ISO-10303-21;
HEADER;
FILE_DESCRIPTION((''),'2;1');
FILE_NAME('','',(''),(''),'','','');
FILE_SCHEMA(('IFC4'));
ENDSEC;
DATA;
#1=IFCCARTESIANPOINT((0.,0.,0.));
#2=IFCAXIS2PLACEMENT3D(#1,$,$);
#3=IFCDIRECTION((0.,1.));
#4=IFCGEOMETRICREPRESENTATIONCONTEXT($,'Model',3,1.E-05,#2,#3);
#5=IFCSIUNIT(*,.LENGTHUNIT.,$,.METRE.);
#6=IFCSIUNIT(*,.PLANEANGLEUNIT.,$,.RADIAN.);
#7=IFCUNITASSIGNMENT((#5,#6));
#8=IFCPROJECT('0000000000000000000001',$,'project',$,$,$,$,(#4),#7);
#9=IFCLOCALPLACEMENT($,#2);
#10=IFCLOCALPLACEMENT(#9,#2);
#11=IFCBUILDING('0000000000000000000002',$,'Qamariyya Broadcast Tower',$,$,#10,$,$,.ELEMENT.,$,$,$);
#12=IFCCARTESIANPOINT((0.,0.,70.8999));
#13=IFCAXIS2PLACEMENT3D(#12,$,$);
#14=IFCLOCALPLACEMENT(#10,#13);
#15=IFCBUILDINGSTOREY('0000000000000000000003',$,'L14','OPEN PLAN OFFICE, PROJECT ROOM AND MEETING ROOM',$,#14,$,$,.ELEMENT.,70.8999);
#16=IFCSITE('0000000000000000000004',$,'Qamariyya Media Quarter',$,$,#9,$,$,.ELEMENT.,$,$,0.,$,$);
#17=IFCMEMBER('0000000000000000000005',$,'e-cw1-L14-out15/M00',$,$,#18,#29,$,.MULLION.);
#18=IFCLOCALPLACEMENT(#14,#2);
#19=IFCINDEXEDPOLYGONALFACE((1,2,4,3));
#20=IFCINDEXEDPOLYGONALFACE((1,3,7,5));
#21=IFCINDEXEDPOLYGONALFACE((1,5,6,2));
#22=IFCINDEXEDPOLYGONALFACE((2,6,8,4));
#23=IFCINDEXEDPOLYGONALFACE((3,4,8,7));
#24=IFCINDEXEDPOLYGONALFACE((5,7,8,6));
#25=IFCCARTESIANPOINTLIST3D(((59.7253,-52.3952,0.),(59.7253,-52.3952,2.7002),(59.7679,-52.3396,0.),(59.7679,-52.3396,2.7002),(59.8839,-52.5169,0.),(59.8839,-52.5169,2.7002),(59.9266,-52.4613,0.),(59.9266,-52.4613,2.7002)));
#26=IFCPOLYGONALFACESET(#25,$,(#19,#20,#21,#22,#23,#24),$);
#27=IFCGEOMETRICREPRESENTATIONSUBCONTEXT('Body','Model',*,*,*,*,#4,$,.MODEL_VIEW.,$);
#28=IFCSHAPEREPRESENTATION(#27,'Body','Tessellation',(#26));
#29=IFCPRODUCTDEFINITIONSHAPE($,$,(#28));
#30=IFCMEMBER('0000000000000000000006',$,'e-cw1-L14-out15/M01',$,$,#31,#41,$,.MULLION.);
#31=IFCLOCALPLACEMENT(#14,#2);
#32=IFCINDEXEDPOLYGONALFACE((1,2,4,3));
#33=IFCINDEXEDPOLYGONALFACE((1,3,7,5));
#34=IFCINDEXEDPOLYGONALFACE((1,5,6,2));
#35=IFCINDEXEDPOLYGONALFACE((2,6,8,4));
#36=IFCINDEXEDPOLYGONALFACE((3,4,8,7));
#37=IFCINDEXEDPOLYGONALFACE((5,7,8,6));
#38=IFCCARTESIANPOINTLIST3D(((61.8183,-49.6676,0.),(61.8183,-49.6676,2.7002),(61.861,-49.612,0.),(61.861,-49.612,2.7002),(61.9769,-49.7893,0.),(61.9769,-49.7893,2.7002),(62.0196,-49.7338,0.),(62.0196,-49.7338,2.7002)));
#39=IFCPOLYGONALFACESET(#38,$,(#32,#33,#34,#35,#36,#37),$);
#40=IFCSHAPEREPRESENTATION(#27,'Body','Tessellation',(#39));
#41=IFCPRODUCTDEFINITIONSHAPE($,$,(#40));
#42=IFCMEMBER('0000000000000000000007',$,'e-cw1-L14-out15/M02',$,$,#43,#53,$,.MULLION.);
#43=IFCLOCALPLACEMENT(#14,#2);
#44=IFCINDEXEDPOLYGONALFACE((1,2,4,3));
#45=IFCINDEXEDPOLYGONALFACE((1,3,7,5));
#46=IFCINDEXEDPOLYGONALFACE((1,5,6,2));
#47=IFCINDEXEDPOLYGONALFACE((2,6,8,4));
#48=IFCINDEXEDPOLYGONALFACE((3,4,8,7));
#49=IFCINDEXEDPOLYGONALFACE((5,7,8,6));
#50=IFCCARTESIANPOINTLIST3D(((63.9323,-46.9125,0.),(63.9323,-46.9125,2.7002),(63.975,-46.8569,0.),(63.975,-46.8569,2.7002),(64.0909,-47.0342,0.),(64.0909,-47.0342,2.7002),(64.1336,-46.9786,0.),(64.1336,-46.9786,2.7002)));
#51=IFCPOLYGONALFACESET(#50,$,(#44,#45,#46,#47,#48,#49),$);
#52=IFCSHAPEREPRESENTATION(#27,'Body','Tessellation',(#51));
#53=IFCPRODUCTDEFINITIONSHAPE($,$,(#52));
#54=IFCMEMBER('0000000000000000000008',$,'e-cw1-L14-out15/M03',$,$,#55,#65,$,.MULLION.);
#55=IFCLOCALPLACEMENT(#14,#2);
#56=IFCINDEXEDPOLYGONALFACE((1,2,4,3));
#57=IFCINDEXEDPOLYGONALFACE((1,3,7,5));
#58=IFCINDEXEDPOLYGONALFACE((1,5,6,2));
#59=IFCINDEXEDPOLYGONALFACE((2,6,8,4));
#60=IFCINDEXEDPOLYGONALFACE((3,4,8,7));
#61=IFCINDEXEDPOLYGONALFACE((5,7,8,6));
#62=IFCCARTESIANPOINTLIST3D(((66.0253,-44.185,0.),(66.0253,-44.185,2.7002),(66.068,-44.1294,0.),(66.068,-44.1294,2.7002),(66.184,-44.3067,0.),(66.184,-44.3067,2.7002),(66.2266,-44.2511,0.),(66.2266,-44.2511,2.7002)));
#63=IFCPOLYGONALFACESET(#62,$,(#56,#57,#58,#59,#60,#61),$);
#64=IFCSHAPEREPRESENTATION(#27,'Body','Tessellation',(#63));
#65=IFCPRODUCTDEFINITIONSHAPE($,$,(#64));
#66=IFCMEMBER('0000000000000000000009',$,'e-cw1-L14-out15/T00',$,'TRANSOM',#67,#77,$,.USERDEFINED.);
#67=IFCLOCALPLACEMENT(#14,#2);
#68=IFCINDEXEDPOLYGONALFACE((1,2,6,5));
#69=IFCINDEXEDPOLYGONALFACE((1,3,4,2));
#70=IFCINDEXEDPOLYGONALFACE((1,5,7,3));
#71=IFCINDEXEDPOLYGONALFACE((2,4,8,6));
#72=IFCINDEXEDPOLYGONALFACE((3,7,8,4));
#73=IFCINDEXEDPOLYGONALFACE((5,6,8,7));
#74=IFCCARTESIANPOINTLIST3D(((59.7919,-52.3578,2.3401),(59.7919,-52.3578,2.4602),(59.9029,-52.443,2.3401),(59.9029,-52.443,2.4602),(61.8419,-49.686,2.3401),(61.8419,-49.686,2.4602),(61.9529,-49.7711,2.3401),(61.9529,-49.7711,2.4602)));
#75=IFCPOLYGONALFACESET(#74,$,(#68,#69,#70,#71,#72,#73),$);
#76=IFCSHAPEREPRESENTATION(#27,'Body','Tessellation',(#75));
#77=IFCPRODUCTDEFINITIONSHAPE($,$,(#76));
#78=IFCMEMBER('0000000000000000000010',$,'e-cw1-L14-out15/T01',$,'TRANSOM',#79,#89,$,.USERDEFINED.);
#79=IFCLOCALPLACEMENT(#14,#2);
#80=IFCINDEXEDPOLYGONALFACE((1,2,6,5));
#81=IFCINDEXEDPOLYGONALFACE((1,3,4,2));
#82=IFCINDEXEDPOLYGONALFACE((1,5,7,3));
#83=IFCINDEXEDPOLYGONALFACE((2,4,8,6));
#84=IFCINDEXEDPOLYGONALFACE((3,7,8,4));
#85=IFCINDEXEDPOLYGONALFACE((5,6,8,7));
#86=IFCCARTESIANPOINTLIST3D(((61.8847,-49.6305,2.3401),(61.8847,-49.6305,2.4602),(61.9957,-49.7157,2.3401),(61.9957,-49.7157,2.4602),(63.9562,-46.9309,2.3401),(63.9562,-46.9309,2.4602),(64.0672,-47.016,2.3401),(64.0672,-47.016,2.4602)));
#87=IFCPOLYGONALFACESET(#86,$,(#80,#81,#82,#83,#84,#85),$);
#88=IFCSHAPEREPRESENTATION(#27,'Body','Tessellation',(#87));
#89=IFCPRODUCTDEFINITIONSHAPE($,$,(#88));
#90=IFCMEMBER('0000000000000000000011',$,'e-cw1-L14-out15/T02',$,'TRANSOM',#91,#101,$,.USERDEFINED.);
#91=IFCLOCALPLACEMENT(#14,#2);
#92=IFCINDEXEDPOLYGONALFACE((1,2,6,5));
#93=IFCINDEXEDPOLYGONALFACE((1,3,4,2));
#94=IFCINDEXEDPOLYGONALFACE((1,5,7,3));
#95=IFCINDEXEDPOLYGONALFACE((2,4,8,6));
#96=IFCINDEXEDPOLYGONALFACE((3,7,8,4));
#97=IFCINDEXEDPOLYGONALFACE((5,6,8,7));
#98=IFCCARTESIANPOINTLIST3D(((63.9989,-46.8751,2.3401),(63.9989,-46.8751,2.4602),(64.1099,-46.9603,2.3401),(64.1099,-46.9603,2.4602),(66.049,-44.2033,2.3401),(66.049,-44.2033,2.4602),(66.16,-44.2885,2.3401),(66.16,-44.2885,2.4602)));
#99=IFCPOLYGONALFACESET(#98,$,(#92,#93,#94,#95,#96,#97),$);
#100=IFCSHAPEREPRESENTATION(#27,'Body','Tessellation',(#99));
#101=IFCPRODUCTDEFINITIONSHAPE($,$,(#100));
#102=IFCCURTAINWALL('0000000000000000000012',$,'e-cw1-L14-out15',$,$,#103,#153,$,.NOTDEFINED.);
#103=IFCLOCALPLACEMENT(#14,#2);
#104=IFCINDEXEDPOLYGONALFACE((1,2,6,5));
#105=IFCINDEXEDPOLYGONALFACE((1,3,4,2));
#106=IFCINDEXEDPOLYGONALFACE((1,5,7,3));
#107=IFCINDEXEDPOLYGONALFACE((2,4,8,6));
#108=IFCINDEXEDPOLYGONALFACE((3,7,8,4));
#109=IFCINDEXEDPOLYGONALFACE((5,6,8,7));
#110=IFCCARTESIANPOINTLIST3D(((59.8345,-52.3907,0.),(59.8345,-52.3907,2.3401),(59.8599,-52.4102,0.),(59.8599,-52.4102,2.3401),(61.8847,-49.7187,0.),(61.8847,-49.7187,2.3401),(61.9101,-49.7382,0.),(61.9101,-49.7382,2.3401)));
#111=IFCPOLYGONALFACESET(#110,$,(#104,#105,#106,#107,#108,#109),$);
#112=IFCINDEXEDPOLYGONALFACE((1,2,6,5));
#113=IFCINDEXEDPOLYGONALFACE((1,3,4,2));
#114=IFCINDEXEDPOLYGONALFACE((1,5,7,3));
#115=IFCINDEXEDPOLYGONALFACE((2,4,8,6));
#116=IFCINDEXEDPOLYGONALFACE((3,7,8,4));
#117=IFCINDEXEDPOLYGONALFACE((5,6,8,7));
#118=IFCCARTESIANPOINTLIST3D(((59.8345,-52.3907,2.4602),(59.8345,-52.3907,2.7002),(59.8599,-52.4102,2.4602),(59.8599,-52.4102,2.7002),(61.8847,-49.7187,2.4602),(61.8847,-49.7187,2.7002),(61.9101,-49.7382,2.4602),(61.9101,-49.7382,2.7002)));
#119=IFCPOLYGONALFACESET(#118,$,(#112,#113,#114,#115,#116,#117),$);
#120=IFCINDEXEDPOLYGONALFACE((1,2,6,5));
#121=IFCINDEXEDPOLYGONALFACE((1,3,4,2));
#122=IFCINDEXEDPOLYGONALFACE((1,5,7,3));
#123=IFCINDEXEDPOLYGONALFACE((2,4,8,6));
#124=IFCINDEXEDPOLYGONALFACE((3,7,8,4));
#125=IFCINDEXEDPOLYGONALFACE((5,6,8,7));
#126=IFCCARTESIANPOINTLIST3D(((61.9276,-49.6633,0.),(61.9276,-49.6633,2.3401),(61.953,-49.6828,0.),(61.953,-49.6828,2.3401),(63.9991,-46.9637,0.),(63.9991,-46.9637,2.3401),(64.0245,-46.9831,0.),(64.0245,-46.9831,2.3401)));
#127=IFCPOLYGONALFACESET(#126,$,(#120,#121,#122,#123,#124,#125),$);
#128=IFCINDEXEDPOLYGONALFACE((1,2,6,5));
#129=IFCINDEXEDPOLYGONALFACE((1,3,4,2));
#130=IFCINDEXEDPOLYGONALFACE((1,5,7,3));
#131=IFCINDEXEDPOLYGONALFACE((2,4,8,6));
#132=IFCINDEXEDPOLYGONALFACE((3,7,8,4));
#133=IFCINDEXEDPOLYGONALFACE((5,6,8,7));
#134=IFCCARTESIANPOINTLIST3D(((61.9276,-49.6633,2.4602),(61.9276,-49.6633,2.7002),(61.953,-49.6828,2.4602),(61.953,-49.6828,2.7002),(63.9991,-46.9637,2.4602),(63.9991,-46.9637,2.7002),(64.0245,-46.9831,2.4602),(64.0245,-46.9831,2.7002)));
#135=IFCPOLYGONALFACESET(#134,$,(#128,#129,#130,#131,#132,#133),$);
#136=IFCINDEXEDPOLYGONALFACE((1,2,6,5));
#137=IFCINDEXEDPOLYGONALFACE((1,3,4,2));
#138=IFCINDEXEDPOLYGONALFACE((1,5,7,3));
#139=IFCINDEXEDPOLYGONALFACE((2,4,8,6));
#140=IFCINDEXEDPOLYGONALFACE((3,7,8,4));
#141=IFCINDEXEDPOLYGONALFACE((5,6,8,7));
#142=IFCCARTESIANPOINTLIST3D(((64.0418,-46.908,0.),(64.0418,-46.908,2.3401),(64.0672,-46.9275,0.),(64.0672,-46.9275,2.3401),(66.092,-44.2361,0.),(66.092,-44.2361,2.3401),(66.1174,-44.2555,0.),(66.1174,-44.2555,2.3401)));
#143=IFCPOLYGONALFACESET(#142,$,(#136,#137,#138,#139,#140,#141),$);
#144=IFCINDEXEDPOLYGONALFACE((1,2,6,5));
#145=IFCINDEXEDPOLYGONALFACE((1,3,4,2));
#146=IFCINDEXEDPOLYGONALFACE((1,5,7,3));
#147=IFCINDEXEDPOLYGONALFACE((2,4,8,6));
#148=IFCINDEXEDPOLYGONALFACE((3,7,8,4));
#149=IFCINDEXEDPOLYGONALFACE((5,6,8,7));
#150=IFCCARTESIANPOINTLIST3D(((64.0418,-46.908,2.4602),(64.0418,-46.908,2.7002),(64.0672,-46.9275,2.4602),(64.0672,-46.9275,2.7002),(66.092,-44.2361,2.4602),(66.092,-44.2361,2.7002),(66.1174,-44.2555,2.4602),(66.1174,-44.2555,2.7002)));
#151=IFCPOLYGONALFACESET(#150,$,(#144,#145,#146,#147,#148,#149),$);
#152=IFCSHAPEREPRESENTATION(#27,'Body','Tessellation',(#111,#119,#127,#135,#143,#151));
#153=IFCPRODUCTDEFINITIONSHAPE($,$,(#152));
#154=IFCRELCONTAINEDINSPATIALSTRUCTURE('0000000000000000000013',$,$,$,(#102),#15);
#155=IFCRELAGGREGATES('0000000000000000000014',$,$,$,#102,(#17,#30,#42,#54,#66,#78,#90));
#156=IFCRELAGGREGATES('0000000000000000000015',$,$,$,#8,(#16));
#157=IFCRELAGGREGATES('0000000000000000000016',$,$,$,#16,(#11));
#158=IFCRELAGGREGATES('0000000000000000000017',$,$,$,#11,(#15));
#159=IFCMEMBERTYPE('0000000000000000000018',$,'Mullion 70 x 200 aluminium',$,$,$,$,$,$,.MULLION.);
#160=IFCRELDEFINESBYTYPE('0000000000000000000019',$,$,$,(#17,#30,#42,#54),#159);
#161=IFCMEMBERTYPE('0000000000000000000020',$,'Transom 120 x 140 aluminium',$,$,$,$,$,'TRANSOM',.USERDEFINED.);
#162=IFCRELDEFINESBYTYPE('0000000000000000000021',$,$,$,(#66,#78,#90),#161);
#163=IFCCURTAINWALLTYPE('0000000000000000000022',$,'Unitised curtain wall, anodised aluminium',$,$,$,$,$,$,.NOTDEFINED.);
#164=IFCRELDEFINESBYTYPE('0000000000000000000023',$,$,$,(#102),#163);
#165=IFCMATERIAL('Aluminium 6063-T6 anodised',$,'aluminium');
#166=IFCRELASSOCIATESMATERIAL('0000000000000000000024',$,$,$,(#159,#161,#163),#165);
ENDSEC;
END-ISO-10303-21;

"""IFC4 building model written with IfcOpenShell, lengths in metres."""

from ifc_helpers import new_model, si_unit, direction, frame, origin, origin_2d, place, context, subcontext, project, spatial, rectangle, extrude, material, material_profile, profile_set, type_object, element, aggregate, save


model = new_model("IFC4")

# Units and contexts
model_context = context("Model", 3, precision=1e-05, world=origin(), true_north=direction((0.0, 1.0)))
body_context = subcontext(model_context, "Body", "Model", "MODEL_VIEW")
ifc_project = project(units=[si_unit("LENGTHUNIT", "METRE"), si_unit("PLANEANGLEUNIT", "RADIAN")], contexts=[model_context])

# Members
ifc_material_1 = material(Name="Aluminium 6063-T6 anodised", Category="aluminium")
ifc_material_profile_1 = material_profile(ifc_material_1, rectangle(XDim=0.2, YDim=0.0701, at=origin_2d()))
ifc_profile_set_1 = profile_set([ifc_material_profile_1], Name="Aluminium 6063-T6 anodised")
member_type_1 = type_object("IfcMemberType", Name="Mullion 70 x 200 aluminium", PredefinedType="MULLION", material=ifc_profile_set_1)
site_placement = place(None, origin())
building_placement = place(site_placement, origin())
storey_placement = place(building_placement, frame((0.0, 0.0, 70.8999)))
member_1_placement = place(storey_placement, frame((59.8259, -52.4282, 0.0), z_axis=(0.0, 0.0, 1.0), x_axis=(-0.793353, 0.608761, 0.0)))
member_1 = element("IfcMember", 1, at=member_1_placement, type_object=member_type_1, Name="e-cw1-L14-out15/M00", PredefinedType="MULLION", context=body_context, shape_type="SweptSolid", body=[
    extrude(rectangle(XDim=0.2, YDim=0.0701, at=origin_2d()), origin(), (0.0, 0.0, 1.0), 2.7002),
])
member_2_placement = place(storey_placement, frame((61.9189, -49.7007, 0.0), z_axis=(0.0, 0.0, 1.0), x_axis=(-0.793353, 0.608761, 0.0)))
member_2 = element("IfcMember", 2, at=member_2_placement, type_object=member_type_1, Name="e-cw1-L14-out15/M01", PredefinedType="MULLION", context=body_context, shape_type="SweptSolid", body=[
    extrude(rectangle(XDim=0.2, YDim=0.0701, at=origin_2d()), origin(), (0.0, 0.0, 1.0), 2.7002),
])
member_3_placement = place(storey_placement, frame((64.033, -46.9456, 0.0), z_axis=(0.0, 0.0, 1.0), x_axis=(-0.793353, 0.608761, 0.0)))
member_3 = element("IfcMember", 3, at=member_3_placement, type_object=member_type_1, Name="e-cw1-L14-out15/M02", PredefinedType="MULLION", context=body_context, shape_type="SweptSolid", body=[
    extrude(rectangle(XDim=0.2, YDim=0.0701, at=origin_2d()), origin(), (0.0, 0.0, 1.0), 2.7002),
])
member_4_placement = place(storey_placement, frame((66.126, -44.218, 0.0), z_axis=(0.0, 0.0, 1.0), x_axis=(-0.793353, 0.608761, 0.0)))
member_4 = element("IfcMember", 4, at=member_4_placement, type_object=member_type_1, Name="e-cw1-L14-out15/M03", PredefinedType="MULLION", context=body_context, shape_type="SweptSolid", body=[
    extrude(rectangle(XDim=0.2, YDim=0.0701, at=origin_2d()), origin(), (0.0, 0.0, 1.0), 2.7002),
])
ifc_material_profile_2 = material_profile(ifc_material_1, rectangle(XDim=0.1399, YDim=0.1201, at=origin_2d()))
ifc_profile_set_2 = profile_set([ifc_material_profile_2], Name="Aluminium 6063-T6 anodised")
member_type_2 = type_object("IfcMemberType", Name="Transom 120 x 140 aluminium", ElementType="TRANSOM", PredefinedType="USERDEFINED", material=ifc_profile_set_2)
member_5_placement = place(storey_placement, frame((59.8474, -52.4004, 2.4001), z_axis=(0.608733, 0.793375, 0.0), x_axis=(-0.793375, 0.608733, 0.0)))
member_5 = element("IfcMember", 5, at=member_5_placement, type_object=member_type_2, Name="e-cw1-L14-out15/T00", ObjectType="TRANSOM", PredefinedType="USERDEFINED", context=body_context, shape_type="SweptSolid", body=[
    extrude(rectangle(XDim=0.1399, YDim=0.1201, at=origin_2d()), origin(), (0.0, 0.0, 1.0), 3.3677),
])
member_6_placement = place(storey_placement, frame((61.9402, -49.6731, 2.4001), z_axis=(0.608757, 0.793357, 0.0), x_axis=(-0.793357, 0.608757, 0.0)))
member_6 = element("IfcMember", 6, at=member_6_placement, type_object=member_type_2, Name="e-cw1-L14-out15/T01", ObjectType="TRANSOM", PredefinedType="USERDEFINED", context=body_context, shape_type="SweptSolid", body=[
    extrude(rectangle(XDim=0.1399, YDim=0.1201, at=origin_2d()), origin(), (0.0, 0.0, 1.0), 3.4028),
])
member_7_placement = place(storey_placement, frame((64.0544, -46.9177, 2.4001), z_axis=(0.608733, 0.793375, 0.0), x_axis=(-0.793375, 0.608733, 0.0)))
member_7 = element("IfcMember", 7, at=member_7_placement, type_object=member_type_2, Name="e-cw1-L14-out15/T02", ObjectType="TRANSOM", PredefinedType="USERDEFINED", context=body_context, shape_type="SweptSolid", body=[
    extrude(rectangle(XDim=0.1399, YDim=0.1201, at=origin_2d()), origin(), (0.0, 0.0, 1.0), 3.3677),
])

# Site, building, storey
site = spatial("IfcSite", under=ifc_project, at=site_placement, Name="Qamariyya Media Quarter", CompositionType="ELEMENT", RefElevation=0.0)
building = spatial("IfcBuilding", under=site, at=building_placement, Name="Qamariyya Broadcast Tower", CompositionType="ELEMENT")
storey = spatial("IfcBuildingStorey", under=building, at=storey_placement, Name="L14", Description="OPEN PLAN OFFICE, PROJECT ROOM AND MEETING ROOM", CompositionType="ELEMENT", Elevation=70.8999)

# Curtain wall
curtain_wall_type = type_object("IfcCurtainWallType", Name="Unitised curtain wall, anodised aluminium", PredefinedType="NOTDEFINED", material=ifc_material_1)
curtain_wall_1_placement = place(storey_placement, origin())
curtain_wall_1 = element("IfcCurtainWall", 8, at=curtain_wall_1_placement, inside=storey, type_object=curtain_wall_type, Name="e-cw1-L14-out15", PredefinedType="NOTDEFINED", context=body_context, shape_type="SweptSolid", body=[
    extrude(rectangle(XDim=3.3679, YDim=0.032, at=origin_2d()), frame((60.8723, -51.0645, 0.0), x_axis=(0.608756, 0.793358, 0.0)), (0.0, 0.0, 1.0), 2.3401),
    extrude(rectangle(XDim=3.3679, YDim=0.032, at=origin_2d()), frame((60.8723, -51.0645, 2.4602), x_axis=(0.608756, 0.793358, 0.0)), (0.0, 0.0, 1.0), 0.24),
    extrude(rectangle(XDim=3.4028, YDim=0.032, at=origin_2d()), frame((62.9761, -48.3232, 0.0), x_axis=(0.608756, 0.793358, 0.0)), (0.0, 0.0, 1.0), 2.3401),
    extrude(rectangle(XDim=3.4028, YDim=0.032, at=origin_2d()), frame((62.9761, -48.3232, 2.4602), x_axis=(0.608756, 0.793358, 0.0)), (0.0, 0.0, 1.0), 0.24),
    extrude(rectangle(XDim=3.3679, YDim=0.032, at=origin_2d()), frame((65.0796, -45.5818, 0.0), x_axis=(0.608756, 0.793358, 0.0)), (0.0, 0.0, 1.0), 2.3401),
    extrude(rectangle(XDim=3.3679, YDim=0.032, at=origin_2d()), frame((65.0796, -45.5818, 2.4602), x_axis=(0.608756, 0.793358, 0.0)), (0.0, 0.0, 1.0), 0.24),
])
aggregate(curtain_wall_1, [member_1, member_2, member_3, member_4, member_5, member_6, member_7])

save(model, "model.ifc")
